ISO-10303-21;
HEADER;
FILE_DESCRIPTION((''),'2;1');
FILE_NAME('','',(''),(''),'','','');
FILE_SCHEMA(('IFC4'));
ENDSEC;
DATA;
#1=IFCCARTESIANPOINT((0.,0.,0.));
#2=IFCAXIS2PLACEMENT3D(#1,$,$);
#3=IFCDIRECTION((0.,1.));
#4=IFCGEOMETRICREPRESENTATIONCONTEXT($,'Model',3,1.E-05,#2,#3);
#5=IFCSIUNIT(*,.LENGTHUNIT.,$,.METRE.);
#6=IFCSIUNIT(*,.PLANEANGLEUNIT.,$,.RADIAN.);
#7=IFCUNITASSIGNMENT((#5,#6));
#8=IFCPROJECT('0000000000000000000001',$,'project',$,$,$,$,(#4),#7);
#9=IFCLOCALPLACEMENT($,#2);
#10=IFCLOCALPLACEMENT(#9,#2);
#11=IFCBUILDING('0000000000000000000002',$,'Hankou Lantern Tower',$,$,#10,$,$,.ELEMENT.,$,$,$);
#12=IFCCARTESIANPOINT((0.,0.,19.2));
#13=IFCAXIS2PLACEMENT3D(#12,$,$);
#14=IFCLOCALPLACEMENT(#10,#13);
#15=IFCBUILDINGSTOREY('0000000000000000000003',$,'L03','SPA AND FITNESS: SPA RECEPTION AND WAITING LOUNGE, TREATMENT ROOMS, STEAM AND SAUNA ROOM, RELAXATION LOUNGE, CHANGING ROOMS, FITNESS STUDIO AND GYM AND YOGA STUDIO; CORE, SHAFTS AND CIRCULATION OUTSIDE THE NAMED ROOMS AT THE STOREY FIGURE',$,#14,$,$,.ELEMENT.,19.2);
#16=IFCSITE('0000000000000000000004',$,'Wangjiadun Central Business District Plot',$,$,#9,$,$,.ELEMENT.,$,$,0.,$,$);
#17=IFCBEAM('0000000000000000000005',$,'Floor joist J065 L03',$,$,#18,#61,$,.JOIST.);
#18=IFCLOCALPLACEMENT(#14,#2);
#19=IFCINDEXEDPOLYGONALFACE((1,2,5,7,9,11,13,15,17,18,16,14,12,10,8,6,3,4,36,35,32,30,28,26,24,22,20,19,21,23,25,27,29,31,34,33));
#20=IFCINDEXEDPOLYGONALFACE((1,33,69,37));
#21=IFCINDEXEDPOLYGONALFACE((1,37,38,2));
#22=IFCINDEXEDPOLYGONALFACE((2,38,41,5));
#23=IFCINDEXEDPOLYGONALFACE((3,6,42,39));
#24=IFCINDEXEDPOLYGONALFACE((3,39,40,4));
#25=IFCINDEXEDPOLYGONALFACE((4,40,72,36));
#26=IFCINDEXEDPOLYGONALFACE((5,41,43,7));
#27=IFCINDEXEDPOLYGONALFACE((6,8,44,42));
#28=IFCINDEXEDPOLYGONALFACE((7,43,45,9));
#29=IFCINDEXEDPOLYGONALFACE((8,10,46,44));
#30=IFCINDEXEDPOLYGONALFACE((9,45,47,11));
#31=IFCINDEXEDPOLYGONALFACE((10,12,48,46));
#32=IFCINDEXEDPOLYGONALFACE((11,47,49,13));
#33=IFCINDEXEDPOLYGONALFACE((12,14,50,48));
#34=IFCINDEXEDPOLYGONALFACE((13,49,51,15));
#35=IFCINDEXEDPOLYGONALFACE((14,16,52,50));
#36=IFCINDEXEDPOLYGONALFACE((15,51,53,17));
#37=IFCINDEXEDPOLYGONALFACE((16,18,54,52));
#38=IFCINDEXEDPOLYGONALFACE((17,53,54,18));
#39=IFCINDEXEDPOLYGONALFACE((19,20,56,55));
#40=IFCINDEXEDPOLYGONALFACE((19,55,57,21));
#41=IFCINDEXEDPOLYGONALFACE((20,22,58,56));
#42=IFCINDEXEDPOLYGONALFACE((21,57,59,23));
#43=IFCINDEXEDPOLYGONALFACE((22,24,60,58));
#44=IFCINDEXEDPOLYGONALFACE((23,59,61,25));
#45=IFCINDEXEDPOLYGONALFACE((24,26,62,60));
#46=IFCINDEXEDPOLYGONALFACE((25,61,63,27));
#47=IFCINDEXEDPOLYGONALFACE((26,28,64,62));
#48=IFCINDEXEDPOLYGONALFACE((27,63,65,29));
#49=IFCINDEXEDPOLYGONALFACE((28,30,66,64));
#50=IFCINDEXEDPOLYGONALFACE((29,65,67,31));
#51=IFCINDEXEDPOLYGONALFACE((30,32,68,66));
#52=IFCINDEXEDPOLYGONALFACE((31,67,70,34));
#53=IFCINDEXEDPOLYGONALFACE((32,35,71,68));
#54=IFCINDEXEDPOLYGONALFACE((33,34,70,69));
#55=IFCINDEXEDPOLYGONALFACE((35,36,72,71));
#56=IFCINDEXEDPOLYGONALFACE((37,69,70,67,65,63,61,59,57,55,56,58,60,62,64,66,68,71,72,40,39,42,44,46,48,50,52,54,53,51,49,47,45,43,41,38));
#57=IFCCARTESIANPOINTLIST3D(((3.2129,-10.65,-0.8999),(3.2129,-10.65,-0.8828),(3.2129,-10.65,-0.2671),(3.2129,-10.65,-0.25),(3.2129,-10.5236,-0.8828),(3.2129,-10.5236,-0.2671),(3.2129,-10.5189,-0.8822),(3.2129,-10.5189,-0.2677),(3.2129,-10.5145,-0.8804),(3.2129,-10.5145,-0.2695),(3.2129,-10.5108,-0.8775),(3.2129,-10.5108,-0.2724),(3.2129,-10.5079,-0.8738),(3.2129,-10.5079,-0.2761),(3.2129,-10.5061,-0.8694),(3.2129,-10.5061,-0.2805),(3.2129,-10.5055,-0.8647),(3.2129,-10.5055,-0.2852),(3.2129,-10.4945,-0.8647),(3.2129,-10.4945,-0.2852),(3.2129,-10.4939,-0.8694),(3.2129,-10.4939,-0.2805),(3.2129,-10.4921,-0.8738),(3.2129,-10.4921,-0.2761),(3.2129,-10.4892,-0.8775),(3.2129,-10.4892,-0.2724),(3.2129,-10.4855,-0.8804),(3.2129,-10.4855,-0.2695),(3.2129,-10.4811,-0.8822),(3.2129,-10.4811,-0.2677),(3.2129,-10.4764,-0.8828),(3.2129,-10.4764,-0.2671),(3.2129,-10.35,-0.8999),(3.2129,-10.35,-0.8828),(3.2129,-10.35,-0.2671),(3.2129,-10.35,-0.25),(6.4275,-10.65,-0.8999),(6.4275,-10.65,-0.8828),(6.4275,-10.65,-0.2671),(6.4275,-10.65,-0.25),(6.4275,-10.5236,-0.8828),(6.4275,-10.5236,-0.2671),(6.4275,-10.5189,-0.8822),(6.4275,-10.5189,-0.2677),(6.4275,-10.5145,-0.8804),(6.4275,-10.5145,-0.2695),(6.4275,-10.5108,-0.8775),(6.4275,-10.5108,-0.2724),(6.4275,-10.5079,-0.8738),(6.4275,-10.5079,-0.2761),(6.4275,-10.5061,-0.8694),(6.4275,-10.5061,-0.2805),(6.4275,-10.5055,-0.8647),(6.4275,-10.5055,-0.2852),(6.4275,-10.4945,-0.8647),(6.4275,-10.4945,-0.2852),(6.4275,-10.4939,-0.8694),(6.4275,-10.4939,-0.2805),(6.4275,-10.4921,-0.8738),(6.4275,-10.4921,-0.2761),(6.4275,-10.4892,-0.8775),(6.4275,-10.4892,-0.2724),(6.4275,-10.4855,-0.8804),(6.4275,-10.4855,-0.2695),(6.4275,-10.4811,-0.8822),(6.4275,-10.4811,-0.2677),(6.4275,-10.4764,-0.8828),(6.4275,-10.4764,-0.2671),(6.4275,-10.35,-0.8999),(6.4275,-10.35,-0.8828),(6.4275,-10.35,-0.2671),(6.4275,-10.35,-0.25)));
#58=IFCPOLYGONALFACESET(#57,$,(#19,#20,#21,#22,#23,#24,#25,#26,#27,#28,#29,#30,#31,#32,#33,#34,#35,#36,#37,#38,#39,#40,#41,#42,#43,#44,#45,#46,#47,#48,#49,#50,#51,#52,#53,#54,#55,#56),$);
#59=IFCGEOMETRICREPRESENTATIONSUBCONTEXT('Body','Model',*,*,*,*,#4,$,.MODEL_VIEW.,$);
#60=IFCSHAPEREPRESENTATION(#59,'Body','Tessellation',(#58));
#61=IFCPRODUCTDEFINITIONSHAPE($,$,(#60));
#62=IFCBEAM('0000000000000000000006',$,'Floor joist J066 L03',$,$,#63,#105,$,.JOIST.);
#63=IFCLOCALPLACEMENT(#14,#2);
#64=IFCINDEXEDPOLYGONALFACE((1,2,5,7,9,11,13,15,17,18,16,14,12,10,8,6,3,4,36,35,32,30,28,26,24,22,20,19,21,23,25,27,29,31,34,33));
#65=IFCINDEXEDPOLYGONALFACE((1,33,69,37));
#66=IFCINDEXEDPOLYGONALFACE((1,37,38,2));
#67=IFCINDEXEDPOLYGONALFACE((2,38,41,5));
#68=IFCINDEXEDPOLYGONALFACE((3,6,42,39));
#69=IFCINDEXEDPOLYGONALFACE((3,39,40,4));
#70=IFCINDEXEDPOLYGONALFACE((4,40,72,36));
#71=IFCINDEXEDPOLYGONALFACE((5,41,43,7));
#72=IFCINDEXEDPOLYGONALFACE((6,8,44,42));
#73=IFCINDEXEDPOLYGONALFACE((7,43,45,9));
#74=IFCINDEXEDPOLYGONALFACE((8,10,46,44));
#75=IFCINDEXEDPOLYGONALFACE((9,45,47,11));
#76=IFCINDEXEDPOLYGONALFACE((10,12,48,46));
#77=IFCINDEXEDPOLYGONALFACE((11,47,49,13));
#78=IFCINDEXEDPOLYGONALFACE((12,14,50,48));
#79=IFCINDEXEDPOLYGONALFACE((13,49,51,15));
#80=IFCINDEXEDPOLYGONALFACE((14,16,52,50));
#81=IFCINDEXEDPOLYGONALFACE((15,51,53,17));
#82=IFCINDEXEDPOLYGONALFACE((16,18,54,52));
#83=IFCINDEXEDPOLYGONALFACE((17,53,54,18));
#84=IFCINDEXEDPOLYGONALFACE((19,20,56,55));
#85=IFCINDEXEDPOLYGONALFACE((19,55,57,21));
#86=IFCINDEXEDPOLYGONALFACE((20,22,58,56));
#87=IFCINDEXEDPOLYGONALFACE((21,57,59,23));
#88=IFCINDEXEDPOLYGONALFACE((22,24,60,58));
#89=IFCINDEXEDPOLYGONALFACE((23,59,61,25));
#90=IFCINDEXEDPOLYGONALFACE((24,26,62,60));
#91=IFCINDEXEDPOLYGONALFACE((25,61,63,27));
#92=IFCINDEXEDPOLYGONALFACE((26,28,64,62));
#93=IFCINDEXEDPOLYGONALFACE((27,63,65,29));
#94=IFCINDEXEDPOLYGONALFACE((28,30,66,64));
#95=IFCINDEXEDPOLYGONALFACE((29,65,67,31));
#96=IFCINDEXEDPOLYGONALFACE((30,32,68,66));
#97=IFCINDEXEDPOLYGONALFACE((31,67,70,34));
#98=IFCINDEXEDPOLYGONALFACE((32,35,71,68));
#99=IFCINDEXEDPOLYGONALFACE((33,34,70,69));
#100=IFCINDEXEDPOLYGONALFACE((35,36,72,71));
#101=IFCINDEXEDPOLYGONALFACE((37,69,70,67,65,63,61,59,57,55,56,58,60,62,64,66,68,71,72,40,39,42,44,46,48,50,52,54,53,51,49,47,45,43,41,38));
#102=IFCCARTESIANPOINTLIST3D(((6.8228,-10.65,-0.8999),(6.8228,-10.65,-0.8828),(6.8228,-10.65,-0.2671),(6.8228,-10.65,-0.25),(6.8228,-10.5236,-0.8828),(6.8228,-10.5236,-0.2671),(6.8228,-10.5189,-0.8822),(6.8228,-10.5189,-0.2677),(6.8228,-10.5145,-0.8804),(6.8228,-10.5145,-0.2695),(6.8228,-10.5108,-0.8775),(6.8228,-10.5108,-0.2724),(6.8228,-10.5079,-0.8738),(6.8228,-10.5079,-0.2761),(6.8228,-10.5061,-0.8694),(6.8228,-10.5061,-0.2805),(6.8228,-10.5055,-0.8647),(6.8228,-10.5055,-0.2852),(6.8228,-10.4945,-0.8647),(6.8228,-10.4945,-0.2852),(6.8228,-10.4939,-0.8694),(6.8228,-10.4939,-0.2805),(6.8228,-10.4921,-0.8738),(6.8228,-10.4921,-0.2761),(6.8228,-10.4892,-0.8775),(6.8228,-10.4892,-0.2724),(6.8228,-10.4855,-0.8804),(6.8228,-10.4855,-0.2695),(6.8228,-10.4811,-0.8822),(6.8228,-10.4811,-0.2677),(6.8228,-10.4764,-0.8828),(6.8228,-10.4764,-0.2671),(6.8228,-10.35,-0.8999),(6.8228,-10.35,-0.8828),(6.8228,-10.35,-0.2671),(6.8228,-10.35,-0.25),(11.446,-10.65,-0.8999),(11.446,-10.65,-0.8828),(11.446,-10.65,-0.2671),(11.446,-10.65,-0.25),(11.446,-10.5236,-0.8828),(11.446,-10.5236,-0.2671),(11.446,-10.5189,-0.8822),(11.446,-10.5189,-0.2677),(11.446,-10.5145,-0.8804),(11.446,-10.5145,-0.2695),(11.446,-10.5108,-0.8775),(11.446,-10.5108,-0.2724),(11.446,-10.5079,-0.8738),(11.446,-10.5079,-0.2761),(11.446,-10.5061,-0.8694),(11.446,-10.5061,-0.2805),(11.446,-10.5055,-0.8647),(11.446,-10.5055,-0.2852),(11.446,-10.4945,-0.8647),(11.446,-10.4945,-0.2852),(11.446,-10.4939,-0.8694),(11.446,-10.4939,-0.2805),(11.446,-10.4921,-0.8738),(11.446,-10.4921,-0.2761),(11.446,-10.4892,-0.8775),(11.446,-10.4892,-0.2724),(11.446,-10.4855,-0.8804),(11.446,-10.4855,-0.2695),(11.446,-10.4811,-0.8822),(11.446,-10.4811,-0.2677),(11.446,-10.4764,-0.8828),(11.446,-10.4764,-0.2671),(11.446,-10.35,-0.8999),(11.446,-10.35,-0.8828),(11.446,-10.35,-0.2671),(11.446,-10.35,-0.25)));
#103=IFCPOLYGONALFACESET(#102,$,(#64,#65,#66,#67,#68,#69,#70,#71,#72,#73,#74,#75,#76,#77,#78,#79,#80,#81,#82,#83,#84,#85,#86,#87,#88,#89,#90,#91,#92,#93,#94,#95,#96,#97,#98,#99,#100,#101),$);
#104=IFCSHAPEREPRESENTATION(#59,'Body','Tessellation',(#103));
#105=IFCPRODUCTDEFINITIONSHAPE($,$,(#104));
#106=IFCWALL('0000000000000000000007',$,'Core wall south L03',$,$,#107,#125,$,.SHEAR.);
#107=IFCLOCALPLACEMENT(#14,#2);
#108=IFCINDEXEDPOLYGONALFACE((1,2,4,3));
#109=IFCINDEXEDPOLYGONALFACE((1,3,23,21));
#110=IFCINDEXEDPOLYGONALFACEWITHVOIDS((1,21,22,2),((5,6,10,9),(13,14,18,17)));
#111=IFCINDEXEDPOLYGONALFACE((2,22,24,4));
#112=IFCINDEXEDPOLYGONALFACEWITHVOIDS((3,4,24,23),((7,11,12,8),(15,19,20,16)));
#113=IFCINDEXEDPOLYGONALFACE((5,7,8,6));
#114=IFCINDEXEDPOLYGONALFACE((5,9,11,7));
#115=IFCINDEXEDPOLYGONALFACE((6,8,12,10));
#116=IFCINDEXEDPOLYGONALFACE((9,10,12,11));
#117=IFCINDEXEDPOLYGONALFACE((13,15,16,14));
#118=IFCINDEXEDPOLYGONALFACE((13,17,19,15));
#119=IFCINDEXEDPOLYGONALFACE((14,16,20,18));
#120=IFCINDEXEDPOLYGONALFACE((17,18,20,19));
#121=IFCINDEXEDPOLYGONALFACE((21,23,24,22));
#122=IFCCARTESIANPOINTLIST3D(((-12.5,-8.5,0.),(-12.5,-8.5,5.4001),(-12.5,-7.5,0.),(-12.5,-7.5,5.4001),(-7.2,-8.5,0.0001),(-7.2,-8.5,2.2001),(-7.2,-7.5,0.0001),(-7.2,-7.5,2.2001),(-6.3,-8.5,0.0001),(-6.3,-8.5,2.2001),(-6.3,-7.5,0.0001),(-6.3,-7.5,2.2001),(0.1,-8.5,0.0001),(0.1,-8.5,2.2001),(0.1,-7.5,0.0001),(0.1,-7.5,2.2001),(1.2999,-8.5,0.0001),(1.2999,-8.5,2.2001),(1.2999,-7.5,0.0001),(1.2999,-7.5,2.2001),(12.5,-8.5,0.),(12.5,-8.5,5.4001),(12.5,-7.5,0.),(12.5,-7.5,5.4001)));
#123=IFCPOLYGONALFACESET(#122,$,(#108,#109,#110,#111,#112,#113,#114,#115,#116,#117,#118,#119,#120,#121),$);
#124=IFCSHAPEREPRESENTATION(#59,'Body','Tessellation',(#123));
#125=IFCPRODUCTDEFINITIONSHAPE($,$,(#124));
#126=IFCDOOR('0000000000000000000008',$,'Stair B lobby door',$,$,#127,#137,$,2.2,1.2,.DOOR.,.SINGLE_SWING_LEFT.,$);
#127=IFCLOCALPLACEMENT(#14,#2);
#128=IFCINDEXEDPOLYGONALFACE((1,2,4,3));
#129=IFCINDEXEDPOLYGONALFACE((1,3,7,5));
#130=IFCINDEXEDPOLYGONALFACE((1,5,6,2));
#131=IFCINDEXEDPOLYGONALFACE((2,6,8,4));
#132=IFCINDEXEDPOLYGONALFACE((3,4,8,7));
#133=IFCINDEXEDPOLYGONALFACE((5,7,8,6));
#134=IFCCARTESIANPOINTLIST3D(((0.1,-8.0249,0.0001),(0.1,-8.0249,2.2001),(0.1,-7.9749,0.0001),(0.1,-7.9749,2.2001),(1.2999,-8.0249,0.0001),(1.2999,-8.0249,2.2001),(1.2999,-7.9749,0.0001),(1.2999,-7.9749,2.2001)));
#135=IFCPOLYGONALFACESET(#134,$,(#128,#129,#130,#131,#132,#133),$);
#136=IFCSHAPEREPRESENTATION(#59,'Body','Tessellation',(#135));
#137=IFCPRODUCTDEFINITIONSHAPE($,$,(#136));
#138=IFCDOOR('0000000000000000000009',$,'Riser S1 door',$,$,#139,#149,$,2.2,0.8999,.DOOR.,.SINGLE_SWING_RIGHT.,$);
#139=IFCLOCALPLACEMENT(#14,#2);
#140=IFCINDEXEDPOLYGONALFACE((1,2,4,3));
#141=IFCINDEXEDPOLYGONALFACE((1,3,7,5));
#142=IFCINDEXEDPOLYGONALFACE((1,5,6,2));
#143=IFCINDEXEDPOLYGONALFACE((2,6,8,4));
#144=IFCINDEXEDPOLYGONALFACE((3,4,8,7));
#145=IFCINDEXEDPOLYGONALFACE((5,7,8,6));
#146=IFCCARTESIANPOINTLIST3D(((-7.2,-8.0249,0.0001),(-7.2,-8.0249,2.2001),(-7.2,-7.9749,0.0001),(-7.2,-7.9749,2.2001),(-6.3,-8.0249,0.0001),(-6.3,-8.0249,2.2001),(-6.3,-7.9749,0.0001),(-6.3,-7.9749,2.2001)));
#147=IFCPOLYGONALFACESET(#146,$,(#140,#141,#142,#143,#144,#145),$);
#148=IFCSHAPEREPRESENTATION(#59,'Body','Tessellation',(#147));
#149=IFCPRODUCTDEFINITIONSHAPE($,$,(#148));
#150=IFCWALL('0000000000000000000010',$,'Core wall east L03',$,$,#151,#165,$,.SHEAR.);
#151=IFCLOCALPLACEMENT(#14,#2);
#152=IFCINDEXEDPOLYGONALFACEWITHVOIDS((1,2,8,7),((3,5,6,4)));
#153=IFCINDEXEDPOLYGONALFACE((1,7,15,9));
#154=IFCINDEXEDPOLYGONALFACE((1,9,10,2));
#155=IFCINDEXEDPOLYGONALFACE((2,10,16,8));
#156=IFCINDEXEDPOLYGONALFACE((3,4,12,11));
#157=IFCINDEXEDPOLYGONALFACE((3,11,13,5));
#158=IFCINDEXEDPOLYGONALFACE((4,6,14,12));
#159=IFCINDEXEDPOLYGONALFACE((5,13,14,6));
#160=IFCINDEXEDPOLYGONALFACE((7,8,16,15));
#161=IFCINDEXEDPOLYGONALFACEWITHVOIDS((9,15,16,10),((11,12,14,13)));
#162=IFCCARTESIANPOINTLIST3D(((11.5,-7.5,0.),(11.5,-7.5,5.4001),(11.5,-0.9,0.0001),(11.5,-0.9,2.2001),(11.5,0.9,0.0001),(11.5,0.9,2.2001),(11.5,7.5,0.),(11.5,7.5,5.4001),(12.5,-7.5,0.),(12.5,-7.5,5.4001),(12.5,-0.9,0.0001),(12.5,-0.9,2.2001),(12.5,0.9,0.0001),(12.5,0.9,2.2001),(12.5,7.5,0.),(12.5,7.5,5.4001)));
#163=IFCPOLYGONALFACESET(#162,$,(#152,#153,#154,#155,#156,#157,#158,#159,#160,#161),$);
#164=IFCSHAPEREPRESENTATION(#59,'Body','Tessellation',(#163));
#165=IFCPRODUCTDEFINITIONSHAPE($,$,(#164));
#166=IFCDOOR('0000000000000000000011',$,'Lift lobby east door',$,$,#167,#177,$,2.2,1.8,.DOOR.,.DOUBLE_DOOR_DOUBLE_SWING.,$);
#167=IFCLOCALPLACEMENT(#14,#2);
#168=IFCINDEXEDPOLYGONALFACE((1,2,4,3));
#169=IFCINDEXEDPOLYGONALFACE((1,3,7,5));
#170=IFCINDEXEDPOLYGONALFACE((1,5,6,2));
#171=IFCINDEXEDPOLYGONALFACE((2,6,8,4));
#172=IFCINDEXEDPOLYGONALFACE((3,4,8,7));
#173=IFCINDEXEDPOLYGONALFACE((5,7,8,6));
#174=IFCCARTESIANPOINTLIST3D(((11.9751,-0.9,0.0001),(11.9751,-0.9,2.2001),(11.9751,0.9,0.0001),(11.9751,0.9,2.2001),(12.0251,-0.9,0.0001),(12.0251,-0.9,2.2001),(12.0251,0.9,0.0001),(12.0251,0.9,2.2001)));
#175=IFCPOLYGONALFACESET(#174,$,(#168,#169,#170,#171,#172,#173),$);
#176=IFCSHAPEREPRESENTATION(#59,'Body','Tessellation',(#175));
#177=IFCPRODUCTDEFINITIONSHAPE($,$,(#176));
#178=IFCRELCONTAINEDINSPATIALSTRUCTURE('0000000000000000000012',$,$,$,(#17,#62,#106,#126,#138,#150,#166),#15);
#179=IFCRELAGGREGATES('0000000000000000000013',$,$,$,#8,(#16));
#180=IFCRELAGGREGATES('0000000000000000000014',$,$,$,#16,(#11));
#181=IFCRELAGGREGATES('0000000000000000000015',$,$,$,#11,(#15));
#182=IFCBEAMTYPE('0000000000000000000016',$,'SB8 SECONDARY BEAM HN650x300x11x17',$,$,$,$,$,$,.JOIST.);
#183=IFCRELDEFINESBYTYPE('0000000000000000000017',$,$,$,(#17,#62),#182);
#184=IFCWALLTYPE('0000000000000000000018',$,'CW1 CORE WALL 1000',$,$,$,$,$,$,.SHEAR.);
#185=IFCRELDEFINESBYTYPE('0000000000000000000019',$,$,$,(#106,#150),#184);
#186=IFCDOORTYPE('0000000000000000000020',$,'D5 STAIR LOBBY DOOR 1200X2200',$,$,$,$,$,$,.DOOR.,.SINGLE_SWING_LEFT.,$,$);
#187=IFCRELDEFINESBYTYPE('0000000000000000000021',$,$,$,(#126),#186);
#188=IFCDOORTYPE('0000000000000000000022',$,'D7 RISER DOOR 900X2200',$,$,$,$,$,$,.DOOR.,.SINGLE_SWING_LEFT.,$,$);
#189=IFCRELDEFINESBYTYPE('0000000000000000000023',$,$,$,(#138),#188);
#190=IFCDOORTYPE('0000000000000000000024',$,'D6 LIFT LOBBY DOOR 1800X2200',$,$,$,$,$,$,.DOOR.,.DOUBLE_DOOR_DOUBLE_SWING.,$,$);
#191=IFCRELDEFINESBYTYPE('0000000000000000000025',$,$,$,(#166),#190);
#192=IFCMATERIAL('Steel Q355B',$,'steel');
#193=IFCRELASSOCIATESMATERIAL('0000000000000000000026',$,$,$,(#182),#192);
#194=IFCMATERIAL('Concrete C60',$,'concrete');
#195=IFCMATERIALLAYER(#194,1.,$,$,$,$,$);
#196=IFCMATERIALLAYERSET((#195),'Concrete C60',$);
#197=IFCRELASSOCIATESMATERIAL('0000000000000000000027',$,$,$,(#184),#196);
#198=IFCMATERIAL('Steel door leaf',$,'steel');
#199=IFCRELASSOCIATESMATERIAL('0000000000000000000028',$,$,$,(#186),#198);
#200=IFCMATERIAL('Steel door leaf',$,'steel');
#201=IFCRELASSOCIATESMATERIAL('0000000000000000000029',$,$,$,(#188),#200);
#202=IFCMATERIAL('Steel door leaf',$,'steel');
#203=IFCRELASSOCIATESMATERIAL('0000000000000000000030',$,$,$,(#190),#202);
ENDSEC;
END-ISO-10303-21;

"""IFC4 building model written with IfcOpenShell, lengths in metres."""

from ifc_helpers import new_model, si_unit, direction, frame, frame_2d, origin, origin_2d, place, context, subcontext, project, spatial, rectangle, i_section, extrude, material, layer, layer_set, material_profile, profile_set, type_object, element, fill, save


model = new_model("IFC4")

# Units and contexts
model_context = context("Model", 3, precision=1e-05, world=origin(), true_north=direction((0.0, 1.0)))
body_context = subcontext(model_context, "Body", "Model", "MODEL_VIEW")
ifc_project = project(units=[si_unit("LENGTHUNIT", "METRE"), si_unit("PLANEANGLEUNIT", "RADIAN")], contexts=[model_context])

# Site, building, storey
site_placement = place(None, origin())
site = spatial("IfcSite", under=ifc_project, at=site_placement, Name="Wangjiadun Central Business District Plot", CompositionType="ELEMENT", RefElevation=0.0)
building_placement = place(site_placement, origin())
building = spatial("IfcBuilding", under=site, at=building_placement, Name="Hankou Lantern Tower", CompositionType="ELEMENT")
storey_placement = place(building_placement, frame((0.0, 0.0, 19.2)))
storey = spatial("IfcBuildingStorey", under=building, at=storey_placement, Name="L03", Description="SPA AND FITNESS: SPA RECEPTION AND WAITING LOUNGE, TREATMENT ROOMS, STEAM AND SAUNA ROOM, RELAXATION LOUNGE, CHANGING ROOMS, FITNESS STUDIO AND GYM AND YOGA STUDIO; CORE, SHAFTS AND CIRCULATION OUTSIDE THE NAMED ROOMS AT THE STOREY FIGURE", CompositionType="ELEMENT", Elevation=19.2)

# Beams
ifc_material_1 = material(Name="Steel Q355B", Category="steel")
ifc_material_profile_1 = material_profile(ifc_material_1, i_section(OverallWidth=0.3, OverallDepth=0.6499, WebThickness=0.011, FlangeThickness=0.0171, FilletRadius=0.0181, at=origin_2d()), Name="HN650x300x11x17")
ifc_profile_set_1 = profile_set([ifc_material_profile_1], Name="Steel Q355B")
beam_type_1 = type_object("IfcBeamType", Name="SB8 SECONDARY BEAM HN650x300x11x17", PredefinedType="JOIST", material=ifc_profile_set_1)
beam_1_placement = place(storey_placement, frame((3.2129, -10.5, -0.575), z_axis=(1.0, 0.0, 0.0), x_axis=(0.0, 1.0, 0.0)))
element("IfcBeam", 1, at=beam_1_placement, inside=storey, type_object=beam_type_1, Name="Floor joist J065 L03", PredefinedType="JOIST", context=body_context, shape_type="SweptSolid", body=[
    extrude(i_section(OverallWidth=0.3, OverallDepth=0.6499, WebThickness=0.011, FlangeThickness=0.0171, FilletRadius=0.0181, at=origin_2d()), origin(), (0.0, 0.0, 1.0), 3.2146),
])
beam_2_placement = place(storey_placement, frame((6.8228, -10.5, -0.575), z_axis=(1.0, 0.0, 0.0), x_axis=(0.0, 1.0, 0.0)))
element("IfcBeam", 2, at=beam_2_placement, inside=storey, type_object=beam_type_1, Name="Floor joist J066 L03", PredefinedType="JOIST", context=body_context, shape_type="SweptSolid", body=[
    extrude(i_section(OverallWidth=0.3, OverallDepth=0.6499, WebThickness=0.011, FlangeThickness=0.0171, FilletRadius=0.0181, at=origin_2d()), origin(), (0.0, 0.0, 1.0), 4.6233),
])

# Wall, openings, doors
ifc_material_2 = material(Name="Concrete C60", Category="concrete")
ifc_layer_1 = layer(ifc_material_2, 1.0)
ifc_layer_set_1 = layer_set([ifc_layer_1], Name="Concrete C60")
wall_type_1 = type_object("IfcWallType", Name="CW1 CORE WALL 1000", PredefinedType="SHEAR", material=ifc_layer_set_1)
wall_1_placement = place(storey_placement, frame((12.5, -8.0, 0.0), z_axis=(0.0, 0.0, 1.0), x_axis=(-1.0, 0.0, 0.0)))
wall_1 = element("IfcWall", 3, at=wall_1_placement, inside=storey, type_object=wall_type_1, Name="Core wall south L03", PredefinedType="SHEAR", context=body_context, shape_type="SweptSolid", body=[
    extrude(rectangle(XDim=25.0, YDim=1.0, at=frame_2d((12.5, 0.0))), origin(), (0.0, 0.0, 1.0), 5.4001),
])
opening_1_placement = place(wall_1_placement, frame((11.2, 0.0, 0.0)))
opening_1 = element("IfcOpeningElement", 4, at=opening_1_placement, cuts=wall_1, PredefinedType="OPENING", context=body_context, shape_type="SweptSolid", body=[
    extrude(rectangle(XDim=1.2, YDim=2.2, at=frame_2d((0.6001, 1.1001))), frame((0.0, 0.51, 0.0), z_axis=(0.0, -1.0, 0.0), x_axis=(1.0, 0.0, 0.0)), (0.0, 0.0, 1.0), 1.02),
])
opening_2_placement = place(wall_1_placement, frame((18.8, 0.0, 0.0)))
opening_2 = element("IfcOpeningElement", 5, at=opening_2_placement, cuts=wall_1, PredefinedType="OPENING", context=body_context, shape_type="SweptSolid", body=[
    extrude(rectangle(XDim=0.8999, YDim=2.2, at=frame_2d((0.45, 1.1001))), frame((0.0, 0.51, 0.0), z_axis=(0.0, -1.0, 0.0), x_axis=(1.0, 0.0, 0.0)), (0.0, 0.0, 1.0), 1.02),
])
ifc_material_3 = material(Name="Steel door leaf", Category="steel")
door_type_1 = type_object("IfcDoorType", Name="D5 STAIR LOBBY DOOR 1200X2200", OperationType="SINGLE_SWING_LEFT", PredefinedType="DOOR", material=ifc_material_3)
door_1_placement = place(opening_1_placement, origin())
door_1 = element("IfcDoor", 6, at=door_1_placement, inside=storey, type_object=door_type_1, Name="Stair B lobby door", OperationType="SINGLE_SWING_LEFT", OverallHeight=2.2, OverallWidth=1.2, PredefinedType="DOOR", context=body_context, shape_type="SweptSolid", body=[
    extrude(rectangle(XDim=1.2, YDim=2.2, at=frame_2d((0.6001, 1.1001))), frame((0.0, 0.0249, 0.0), z_axis=(0.0, -1.0, 0.0), x_axis=(1.0, 0.0, 0.0)), (0.0, 0.0, 1.0), 0.05),
])
fill(opening_1, door_1)
ifc_material_4 = material(Name="Steel door leaf", Category="steel")
door_type_2 = type_object("IfcDoorType", Name="D7 RISER DOOR 900X2200", OperationType="SINGLE_SWING_LEFT", PredefinedType="DOOR", material=ifc_material_4)
door_2_placement = place(opening_2_placement, origin())
door_2 = element("IfcDoor", 7, at=door_2_placement, inside=storey, type_object=door_type_2, Name="Riser S1 door", OperationType="SINGLE_SWING_RIGHT", OverallHeight=2.2, OverallWidth=0.8999, PredefinedType="DOOR", context=body_context, shape_type="SweptSolid", body=[
    extrude(rectangle(XDim=0.8999, YDim=2.2, at=frame_2d((0.45, 1.1001))), frame((0.0, 0.0249, 0.0), z_axis=(0.0, -1.0, 0.0), x_axis=(1.0, 0.0, 0.0)), (0.0, 0.0, 1.0), 0.05),
])
fill(opening_2, door_2)

# Wall, opening, door
wall_2_placement = place(storey_placement, frame((12.0, -7.5, 0.0), z_axis=(0.0, 0.0, 1.0), x_axis=(0.0, 1.0, 0.0)))
wall_2 = element("IfcWall", 8, at=wall_2_placement, inside=storey, type_object=wall_type_1, Name="Core wall east L03", PredefinedType="SHEAR", context=body_context, shape_type="SweptSolid", body=[
    extrude(rectangle(XDim=15.0, YDim=1.0, at=frame_2d((7.5, 0.0))), origin(), (0.0, 0.0, 1.0), 5.4001),
])
opening_3_placement = place(wall_2_placement, frame((6.6001, 0.0, 0.0)))
opening_3 = element("IfcOpeningElement", 9, at=opening_3_placement, cuts=wall_2, PredefinedType="OPENING", context=body_context, shape_type="SweptSolid", body=[
    extrude(rectangle(XDim=1.8, YDim=2.2, at=frame_2d((0.8999, 1.1001))), frame((0.0, 0.51, 0.0), z_axis=(0.0, -1.0, 0.0), x_axis=(1.0, 0.0, 0.0)), (0.0, 0.0, 1.0), 1.02),
])
ifc_material_5 = material(Name="Steel door leaf", Category="steel")
door_type_3 = type_object("IfcDoorType", Name="D6 LIFT LOBBY DOOR 1800X2200", OperationType="DOUBLE_DOOR_DOUBLE_SWING", PredefinedType="DOOR", material=ifc_material_5)
door_3_placement = place(opening_3_placement, origin())
door_3 = element("IfcDoor", 10, at=door_3_placement, inside=storey, type_object=door_type_3, Name="Lift lobby east door", OperationType="DOUBLE_DOOR_DOUBLE_SWING", OverallHeight=2.2, OverallWidth=1.8, PredefinedType="DOOR", context=body_context, shape_type="SweptSolid", body=[
    extrude(rectangle(XDim=1.8, YDim=2.2, at=frame_2d((0.8999, 1.1001))), frame((0.0, 0.0249, 0.0), z_axis=(0.0, -1.0, 0.0), x_axis=(1.0, 0.0, 0.0)), (0.0, 0.0, 1.0), 0.05),
])
fill(opening_3, door_3)

save(model, "model.ifc")
